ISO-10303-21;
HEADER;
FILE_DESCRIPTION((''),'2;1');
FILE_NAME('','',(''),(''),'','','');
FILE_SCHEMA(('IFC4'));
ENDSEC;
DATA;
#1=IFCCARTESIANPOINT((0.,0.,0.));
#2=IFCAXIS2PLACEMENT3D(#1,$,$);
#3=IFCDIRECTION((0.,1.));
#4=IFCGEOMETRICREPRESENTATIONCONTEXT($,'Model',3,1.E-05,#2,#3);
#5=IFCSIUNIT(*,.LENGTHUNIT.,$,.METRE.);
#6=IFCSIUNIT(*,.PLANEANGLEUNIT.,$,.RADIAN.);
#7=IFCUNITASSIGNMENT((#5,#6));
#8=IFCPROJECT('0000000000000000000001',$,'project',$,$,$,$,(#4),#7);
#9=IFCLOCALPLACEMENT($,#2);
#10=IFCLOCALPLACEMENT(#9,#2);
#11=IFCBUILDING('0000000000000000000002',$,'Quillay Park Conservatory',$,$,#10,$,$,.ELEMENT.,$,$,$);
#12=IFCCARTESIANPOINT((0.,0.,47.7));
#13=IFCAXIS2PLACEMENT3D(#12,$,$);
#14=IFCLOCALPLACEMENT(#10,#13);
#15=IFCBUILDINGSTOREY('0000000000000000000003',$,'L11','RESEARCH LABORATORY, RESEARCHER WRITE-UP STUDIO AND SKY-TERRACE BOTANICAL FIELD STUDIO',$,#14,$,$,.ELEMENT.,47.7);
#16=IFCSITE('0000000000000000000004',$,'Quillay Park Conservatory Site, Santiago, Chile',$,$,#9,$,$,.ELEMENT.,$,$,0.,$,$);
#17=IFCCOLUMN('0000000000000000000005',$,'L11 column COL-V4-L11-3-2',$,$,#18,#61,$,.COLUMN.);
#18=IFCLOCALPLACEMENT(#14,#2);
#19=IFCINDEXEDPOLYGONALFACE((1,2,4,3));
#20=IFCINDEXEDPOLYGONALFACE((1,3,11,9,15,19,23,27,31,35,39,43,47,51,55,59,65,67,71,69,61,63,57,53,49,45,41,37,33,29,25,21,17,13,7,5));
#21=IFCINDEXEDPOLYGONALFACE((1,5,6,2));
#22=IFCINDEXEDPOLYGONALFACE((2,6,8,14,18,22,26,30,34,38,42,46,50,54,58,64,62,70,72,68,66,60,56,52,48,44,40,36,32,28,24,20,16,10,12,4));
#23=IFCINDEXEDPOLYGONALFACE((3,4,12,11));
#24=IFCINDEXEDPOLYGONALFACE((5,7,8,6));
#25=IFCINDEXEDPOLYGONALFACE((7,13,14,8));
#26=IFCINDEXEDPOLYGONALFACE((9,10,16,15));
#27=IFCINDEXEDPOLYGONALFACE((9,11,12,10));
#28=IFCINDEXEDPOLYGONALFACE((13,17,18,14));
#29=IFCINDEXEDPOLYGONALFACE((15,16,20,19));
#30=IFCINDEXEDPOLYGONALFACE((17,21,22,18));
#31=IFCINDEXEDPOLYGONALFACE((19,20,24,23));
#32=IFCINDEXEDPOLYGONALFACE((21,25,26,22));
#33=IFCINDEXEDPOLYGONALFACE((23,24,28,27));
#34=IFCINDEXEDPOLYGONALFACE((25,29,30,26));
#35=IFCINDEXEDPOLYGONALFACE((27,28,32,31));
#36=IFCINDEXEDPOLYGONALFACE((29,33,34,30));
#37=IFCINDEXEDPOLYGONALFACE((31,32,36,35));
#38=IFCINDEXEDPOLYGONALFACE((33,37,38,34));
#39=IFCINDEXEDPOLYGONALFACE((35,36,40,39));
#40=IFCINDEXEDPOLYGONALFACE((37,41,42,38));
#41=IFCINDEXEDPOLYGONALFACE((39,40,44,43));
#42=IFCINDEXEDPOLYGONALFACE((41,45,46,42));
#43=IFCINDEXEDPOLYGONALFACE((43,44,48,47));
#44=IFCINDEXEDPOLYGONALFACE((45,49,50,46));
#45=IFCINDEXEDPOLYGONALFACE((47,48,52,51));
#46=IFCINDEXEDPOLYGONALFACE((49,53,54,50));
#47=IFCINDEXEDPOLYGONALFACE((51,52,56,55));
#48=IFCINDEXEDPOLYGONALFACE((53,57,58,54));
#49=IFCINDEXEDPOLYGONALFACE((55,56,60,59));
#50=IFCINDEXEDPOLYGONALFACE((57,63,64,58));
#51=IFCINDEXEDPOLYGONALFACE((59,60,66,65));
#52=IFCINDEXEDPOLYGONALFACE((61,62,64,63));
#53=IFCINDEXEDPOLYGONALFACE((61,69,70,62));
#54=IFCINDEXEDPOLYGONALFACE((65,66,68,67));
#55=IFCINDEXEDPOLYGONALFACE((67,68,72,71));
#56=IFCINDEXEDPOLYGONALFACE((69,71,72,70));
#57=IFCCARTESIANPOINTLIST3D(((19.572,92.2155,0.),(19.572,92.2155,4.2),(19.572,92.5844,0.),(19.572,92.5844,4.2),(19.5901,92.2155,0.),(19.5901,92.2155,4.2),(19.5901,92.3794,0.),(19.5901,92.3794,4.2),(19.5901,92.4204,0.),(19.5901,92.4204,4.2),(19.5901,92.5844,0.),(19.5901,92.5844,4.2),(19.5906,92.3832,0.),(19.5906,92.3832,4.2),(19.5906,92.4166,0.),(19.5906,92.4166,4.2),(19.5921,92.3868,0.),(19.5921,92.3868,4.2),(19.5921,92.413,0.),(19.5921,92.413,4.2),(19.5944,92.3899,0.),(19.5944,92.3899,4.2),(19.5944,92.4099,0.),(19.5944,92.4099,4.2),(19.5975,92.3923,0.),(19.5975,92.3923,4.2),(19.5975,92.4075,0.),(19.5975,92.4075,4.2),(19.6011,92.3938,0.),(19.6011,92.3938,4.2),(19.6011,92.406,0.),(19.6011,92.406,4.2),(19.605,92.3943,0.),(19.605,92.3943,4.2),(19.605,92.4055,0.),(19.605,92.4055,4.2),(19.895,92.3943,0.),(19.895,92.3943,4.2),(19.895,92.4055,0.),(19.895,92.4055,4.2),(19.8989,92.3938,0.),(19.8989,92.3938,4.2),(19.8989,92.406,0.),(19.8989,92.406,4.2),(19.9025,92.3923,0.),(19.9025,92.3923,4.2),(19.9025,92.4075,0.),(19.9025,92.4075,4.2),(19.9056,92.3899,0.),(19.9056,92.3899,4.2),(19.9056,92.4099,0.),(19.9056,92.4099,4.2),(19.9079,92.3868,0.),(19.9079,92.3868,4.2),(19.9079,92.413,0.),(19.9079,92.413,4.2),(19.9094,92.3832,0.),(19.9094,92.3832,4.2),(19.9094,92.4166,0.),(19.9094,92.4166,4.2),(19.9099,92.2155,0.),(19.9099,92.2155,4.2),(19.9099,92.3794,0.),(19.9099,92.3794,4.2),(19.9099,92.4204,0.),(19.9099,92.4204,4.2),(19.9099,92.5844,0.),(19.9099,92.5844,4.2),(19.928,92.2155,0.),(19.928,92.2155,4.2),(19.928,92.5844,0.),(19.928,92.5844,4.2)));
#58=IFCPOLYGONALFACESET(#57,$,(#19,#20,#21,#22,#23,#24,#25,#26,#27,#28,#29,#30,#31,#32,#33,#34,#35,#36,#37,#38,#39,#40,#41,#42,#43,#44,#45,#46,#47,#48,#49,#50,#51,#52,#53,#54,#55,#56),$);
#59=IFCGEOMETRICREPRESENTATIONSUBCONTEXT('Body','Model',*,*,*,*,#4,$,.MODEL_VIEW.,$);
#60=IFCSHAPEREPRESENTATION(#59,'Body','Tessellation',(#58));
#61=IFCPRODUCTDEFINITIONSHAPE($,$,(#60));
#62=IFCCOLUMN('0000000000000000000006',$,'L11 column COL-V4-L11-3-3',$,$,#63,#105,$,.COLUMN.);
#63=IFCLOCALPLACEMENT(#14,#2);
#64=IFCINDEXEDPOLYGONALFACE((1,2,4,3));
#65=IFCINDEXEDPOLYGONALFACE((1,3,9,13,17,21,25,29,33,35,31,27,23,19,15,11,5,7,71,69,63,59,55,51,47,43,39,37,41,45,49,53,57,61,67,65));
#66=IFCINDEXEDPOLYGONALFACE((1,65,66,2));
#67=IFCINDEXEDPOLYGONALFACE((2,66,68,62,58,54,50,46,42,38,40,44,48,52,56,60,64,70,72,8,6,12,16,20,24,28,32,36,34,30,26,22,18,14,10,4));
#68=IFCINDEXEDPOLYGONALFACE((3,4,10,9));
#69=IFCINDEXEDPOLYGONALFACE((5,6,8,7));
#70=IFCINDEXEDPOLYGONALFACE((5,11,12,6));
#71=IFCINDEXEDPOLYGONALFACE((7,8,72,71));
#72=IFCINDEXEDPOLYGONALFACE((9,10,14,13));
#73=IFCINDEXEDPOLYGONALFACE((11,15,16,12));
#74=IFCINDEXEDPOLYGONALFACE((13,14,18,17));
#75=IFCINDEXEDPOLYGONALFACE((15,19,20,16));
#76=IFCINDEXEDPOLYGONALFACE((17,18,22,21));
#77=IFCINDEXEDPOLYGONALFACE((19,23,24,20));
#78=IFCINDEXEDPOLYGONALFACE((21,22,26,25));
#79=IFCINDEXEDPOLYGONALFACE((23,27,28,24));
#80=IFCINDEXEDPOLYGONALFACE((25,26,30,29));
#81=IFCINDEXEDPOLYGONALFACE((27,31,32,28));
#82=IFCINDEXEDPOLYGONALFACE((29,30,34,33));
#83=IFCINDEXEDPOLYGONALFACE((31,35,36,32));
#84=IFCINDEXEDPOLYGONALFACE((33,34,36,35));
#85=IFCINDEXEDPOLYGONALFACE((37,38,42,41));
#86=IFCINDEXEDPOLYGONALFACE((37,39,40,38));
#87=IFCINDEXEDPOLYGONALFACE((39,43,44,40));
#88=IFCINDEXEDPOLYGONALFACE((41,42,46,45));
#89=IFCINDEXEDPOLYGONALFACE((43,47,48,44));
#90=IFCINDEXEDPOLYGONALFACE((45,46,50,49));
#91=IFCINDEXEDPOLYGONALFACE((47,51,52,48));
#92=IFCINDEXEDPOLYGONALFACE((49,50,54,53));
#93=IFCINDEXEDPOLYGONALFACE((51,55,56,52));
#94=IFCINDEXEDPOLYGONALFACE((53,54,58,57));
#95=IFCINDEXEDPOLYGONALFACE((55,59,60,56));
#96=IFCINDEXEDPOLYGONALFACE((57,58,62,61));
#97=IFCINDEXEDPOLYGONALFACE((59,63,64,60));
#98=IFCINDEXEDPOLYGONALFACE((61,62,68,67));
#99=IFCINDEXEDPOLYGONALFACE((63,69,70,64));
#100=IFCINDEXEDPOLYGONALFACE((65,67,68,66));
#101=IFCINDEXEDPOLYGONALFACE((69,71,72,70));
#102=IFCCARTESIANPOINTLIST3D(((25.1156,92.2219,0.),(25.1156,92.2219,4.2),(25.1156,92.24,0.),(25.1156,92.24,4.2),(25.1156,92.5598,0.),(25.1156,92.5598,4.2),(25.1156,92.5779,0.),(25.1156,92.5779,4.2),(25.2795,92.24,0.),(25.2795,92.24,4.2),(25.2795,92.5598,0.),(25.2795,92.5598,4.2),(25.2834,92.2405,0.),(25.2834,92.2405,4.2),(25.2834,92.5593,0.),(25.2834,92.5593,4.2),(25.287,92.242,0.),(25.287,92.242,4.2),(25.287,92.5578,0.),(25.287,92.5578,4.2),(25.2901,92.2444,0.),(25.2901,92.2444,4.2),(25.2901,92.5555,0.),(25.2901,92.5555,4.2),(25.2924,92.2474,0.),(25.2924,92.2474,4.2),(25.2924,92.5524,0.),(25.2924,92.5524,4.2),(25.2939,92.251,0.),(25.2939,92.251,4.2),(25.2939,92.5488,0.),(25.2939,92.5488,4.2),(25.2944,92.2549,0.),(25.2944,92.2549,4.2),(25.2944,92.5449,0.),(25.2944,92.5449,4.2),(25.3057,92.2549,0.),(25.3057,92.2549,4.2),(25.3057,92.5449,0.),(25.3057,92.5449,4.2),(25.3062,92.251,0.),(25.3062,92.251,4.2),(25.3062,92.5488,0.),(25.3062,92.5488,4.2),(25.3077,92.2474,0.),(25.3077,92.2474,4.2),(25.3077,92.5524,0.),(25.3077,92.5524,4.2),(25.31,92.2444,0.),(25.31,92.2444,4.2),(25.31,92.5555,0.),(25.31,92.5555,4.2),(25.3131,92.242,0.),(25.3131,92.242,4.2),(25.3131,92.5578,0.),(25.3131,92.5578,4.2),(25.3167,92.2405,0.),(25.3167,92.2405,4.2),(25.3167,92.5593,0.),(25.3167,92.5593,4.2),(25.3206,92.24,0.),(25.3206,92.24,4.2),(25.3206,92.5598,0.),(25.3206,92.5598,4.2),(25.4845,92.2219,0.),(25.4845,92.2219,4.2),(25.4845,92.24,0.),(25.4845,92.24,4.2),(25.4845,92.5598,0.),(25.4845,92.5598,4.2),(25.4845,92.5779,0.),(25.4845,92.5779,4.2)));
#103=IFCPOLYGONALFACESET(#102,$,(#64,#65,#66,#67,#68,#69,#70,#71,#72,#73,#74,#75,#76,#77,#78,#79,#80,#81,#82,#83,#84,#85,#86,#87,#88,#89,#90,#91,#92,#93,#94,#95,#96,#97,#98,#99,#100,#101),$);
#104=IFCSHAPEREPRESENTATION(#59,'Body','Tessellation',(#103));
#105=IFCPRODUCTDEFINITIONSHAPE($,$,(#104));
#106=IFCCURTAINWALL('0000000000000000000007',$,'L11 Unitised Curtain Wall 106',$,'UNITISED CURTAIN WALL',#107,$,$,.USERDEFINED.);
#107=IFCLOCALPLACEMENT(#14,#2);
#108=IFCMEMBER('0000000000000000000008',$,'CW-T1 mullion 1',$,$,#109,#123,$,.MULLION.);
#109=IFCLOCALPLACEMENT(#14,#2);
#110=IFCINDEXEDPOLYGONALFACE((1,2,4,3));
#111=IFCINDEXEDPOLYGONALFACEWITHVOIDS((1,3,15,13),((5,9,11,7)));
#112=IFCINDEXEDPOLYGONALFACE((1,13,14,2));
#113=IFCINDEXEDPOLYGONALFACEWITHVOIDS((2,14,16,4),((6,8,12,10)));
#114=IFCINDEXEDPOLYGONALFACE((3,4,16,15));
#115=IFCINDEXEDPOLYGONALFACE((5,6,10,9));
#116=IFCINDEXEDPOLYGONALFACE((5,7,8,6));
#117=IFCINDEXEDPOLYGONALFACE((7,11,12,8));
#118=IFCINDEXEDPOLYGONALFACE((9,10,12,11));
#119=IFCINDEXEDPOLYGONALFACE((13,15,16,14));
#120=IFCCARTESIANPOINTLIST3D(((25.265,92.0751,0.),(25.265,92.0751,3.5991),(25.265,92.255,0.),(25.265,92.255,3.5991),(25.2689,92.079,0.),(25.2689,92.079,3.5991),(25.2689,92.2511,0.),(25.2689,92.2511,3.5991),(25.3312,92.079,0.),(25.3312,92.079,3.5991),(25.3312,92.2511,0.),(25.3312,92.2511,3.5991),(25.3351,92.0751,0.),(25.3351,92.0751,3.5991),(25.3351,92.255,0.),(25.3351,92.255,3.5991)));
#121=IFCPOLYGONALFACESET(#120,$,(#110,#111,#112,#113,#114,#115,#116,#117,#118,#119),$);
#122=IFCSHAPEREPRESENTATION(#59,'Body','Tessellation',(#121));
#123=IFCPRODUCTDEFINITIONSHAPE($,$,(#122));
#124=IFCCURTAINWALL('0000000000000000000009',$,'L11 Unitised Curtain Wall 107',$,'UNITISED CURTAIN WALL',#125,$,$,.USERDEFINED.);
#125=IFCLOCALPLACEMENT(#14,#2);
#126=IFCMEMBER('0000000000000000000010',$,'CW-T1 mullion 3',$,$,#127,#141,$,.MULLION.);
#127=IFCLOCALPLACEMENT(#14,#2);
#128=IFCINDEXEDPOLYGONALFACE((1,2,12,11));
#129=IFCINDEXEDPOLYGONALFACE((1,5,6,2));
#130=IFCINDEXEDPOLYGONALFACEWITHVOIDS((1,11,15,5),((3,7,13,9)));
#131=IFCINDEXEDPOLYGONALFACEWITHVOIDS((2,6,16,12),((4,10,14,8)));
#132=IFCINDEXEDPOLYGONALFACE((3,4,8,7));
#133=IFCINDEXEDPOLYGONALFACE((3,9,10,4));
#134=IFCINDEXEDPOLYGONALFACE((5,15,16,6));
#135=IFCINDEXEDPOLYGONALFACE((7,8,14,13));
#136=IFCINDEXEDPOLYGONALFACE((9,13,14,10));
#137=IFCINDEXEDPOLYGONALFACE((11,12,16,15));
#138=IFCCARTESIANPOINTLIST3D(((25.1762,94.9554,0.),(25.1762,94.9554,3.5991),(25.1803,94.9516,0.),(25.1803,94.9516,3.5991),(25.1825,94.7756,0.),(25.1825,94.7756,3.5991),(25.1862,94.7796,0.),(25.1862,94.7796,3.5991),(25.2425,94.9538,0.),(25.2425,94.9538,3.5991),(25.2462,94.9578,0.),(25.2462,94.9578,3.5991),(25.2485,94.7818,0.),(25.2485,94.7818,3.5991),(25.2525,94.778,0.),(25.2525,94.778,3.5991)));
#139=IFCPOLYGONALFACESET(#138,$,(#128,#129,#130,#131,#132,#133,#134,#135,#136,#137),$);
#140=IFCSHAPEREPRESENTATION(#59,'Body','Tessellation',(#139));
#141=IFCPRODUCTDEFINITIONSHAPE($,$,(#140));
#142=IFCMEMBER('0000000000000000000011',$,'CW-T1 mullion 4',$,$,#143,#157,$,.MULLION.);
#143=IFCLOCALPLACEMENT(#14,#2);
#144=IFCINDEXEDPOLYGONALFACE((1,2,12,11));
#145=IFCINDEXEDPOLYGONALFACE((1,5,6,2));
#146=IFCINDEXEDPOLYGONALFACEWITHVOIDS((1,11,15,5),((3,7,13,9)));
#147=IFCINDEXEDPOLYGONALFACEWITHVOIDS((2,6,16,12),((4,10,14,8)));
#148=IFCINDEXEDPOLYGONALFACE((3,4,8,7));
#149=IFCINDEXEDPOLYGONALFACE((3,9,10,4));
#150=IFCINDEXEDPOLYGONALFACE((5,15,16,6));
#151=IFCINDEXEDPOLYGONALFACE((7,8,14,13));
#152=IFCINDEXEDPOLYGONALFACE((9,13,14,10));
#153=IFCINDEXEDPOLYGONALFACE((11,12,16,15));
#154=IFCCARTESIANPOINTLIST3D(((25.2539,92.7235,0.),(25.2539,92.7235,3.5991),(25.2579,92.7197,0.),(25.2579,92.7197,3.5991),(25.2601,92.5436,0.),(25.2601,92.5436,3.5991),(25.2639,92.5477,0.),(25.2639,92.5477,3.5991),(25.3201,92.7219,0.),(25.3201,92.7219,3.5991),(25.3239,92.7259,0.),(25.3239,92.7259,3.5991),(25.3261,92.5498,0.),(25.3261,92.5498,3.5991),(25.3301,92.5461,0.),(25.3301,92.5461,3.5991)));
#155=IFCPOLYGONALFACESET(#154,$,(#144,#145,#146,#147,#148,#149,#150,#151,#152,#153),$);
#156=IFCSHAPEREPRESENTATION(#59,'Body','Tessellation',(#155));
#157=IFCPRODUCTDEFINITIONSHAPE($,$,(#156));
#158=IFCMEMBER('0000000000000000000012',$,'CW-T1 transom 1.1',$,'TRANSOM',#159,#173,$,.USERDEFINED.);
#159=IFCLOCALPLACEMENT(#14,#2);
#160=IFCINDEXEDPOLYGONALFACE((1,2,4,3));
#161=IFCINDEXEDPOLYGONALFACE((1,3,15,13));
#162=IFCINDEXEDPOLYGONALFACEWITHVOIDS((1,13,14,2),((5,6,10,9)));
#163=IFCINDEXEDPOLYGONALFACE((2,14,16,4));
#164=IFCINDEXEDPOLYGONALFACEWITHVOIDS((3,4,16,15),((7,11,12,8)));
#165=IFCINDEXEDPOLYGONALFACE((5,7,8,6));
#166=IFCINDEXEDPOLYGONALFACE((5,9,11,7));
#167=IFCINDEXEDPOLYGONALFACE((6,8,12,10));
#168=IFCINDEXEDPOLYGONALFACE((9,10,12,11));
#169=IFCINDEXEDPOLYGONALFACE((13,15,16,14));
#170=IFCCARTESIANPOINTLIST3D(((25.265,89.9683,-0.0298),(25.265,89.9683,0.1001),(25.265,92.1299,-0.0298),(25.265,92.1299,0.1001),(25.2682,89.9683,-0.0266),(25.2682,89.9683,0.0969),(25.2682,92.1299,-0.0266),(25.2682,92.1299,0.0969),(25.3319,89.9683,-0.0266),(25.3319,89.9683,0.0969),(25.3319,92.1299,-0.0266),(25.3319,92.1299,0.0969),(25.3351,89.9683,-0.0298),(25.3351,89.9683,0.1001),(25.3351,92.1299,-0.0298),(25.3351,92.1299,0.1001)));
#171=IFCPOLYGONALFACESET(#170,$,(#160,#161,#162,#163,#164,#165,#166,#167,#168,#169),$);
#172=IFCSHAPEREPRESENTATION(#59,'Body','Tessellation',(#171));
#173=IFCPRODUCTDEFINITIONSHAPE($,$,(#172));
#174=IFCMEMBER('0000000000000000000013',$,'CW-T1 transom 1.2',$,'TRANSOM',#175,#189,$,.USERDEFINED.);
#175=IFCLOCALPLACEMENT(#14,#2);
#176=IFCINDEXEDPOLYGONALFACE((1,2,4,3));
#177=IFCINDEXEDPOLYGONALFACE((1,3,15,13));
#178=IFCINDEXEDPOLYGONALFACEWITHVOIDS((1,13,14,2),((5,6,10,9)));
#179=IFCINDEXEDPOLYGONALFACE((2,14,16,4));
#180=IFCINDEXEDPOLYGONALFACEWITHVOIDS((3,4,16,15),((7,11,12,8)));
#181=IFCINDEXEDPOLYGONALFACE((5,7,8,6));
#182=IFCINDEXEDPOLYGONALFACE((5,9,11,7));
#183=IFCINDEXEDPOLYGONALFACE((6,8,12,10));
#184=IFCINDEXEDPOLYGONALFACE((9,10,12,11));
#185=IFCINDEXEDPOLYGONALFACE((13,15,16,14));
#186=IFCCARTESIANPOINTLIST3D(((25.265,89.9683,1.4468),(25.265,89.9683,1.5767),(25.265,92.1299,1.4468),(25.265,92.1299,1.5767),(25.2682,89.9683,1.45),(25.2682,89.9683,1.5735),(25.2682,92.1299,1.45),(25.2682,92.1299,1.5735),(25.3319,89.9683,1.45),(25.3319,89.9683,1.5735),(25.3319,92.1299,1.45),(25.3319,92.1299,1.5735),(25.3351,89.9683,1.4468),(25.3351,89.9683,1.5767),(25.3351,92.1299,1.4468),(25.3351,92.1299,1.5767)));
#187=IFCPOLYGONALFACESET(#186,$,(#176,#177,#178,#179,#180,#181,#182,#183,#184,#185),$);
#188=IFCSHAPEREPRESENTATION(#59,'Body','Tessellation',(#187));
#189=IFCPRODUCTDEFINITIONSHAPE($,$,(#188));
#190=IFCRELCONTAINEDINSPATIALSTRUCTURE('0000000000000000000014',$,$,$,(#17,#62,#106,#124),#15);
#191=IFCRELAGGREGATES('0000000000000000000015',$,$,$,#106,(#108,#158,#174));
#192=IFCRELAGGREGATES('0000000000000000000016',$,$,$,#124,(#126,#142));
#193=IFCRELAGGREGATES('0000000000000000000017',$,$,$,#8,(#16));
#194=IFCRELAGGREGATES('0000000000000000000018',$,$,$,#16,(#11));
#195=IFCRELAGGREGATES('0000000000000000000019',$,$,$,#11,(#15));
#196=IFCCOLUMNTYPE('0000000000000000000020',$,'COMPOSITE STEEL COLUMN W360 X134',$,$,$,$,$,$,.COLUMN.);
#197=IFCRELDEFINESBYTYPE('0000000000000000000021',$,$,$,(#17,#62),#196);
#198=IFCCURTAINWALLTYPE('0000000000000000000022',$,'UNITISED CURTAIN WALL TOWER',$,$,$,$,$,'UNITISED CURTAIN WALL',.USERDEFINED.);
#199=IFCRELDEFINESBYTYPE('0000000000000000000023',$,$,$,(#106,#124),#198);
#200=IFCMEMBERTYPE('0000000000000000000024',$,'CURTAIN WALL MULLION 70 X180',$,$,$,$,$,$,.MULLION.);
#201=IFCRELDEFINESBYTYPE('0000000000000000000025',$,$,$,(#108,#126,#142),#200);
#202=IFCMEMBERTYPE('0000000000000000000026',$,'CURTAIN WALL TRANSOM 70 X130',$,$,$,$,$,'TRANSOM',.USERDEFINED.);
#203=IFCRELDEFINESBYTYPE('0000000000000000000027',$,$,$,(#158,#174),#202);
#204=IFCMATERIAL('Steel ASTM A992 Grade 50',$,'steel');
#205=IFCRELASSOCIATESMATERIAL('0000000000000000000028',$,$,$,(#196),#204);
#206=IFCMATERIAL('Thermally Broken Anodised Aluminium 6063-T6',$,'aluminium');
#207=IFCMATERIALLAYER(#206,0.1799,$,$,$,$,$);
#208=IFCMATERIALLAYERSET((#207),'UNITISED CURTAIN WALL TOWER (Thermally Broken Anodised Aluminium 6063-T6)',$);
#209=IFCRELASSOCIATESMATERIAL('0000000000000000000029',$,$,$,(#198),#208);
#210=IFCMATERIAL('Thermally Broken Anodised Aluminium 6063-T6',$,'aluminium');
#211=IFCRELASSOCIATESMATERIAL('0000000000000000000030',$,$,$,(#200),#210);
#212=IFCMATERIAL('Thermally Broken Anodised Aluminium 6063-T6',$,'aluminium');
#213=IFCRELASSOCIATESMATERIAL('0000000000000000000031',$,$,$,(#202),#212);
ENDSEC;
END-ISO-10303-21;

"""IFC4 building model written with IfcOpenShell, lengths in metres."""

from ifc_helpers import new_model, si_unit, direction, frame, origin, origin_2d, place, context, subcontext, project, spatial, hollow_rectangle, i_section, extrude, material, layer, layer_set, material_profile, profile_set, type_object, element, aggregate, save


model = new_model("IFC4")

# Units and contexts
model_context = context("Model", 3, precision=1e-05, world=origin(), true_north=direction((0.0, 1.0)))
body_context = subcontext(model_context, "Body", "Model", "MODEL_VIEW")
ifc_project = project(units=[si_unit("LENGTHUNIT", "METRE"), si_unit("PLANEANGLEUNIT", "RADIAN")], contexts=[model_context])

# Site, building, storey
site_placement = place(None, origin())
site = spatial("IfcSite", under=ifc_project, at=site_placement, Name="Quillay Park Conservatory Site, Santiago, Chile", CompositionType="ELEMENT", RefElevation=0.0)
building_placement = place(site_placement, origin())
building = spatial("IfcBuilding", under=site, at=building_placement, Name="Quillay Park Conservatory", CompositionType="ELEMENT")
storey_placement = place(building_placement, frame((0.0, 0.0, 47.7)))
storey = spatial("IfcBuildingStorey", under=building, at=storey_placement, Name="L11", Description="RESEARCH LABORATORY, RESEARCHER WRITE-UP STUDIO AND SKY-TERRACE BOTANICAL FIELD STUDIO", CompositionType="ELEMENT", Elevation=47.7)

# Columns
ifc_material_1 = material(Name="Steel ASTM A992 Grade 50", Category="steel")
ifc_material_profile_1 = material_profile(ifc_material_1, i_section(OverallWidth=0.3689, OverallDepth=0.356, WebThickness=0.0112, FlangeThickness=0.0181, FilletRadius=0.0149, at=origin_2d()), Name="W360x134")
ifc_profile_set_1 = profile_set([ifc_material_profile_1], Name="Steel ASTM A992 Grade 50")
column_type = type_object("IfcColumnType", Name="COMPOSITE STEEL COLUMN W360 X134", PredefinedType="COLUMN", material=ifc_profile_set_1)
for number, where, z_axis, x_axis, name in (
    (1, (19.75, 92.3999, 0.0), (0.0, 0.0, 1.0), (0.0, 1.0, 0.0), "L11 column COL-V4-L11-3-2"),
    (2, (25.3, 92.3999, 0.0), (0.0, 0.0, 1.0), (1.0, 0.0, 0.0), "L11 column COL-V4-L11-3-3"),
):
    element("IfcColumn", number, at=place(storey_placement, frame(where, z_axis=z_axis, x_axis=x_axis)), inside=storey, type_object=column_type, Name=name, PredefinedType="COLUMN", context=body_context, shape_type="SweptSolid", body=[
        extrude(i_section(OverallWidth=0.3689, OverallDepth=0.356, WebThickness=0.0112, FlangeThickness=0.0181, FilletRadius=0.0149, at=origin_2d()), origin(), (0.0, 0.0, 1.0), 4.2),
    ])

# Curtain wall, member
ifc_material_2 = material(Name="Thermally Broken Anodised Aluminium 6063-T6", Category="aluminium")
ifc_layer_1 = layer(ifc_material_2, 0.1799)
ifc_layer_set_1 = layer_set([ifc_layer_1], Name="UNITISED CURTAIN WALL TOWER (Thermally Broken Anodised Aluminium 6063-T6)")
curtain_wall_type = type_object("IfcCurtainWallType", Name="UNITISED CURTAIN WALL TOWER", ElementType="UNITISED CURTAIN WALL", PredefinedType="USERDEFINED", material=ifc_layer_set_1)
curtain_wall_1_placement = place(storey_placement, origin())
curtain_wall_1 = element("IfcCurtainWall", 3, at=curtain_wall_1_placement, inside=storey, type_object=curtain_wall_type, Name="L11 Unitised Curtain Wall 106", ObjectType="UNITISED CURTAIN WALL", PredefinedType="USERDEFINED")
ifc_material_3 = material(Name="Thermally Broken Anodised Aluminium 6063-T6", Category="aluminium")
ifc_material_profile_2 = material_profile(ifc_material_3, hollow_rectangle(XDim=0.0701, YDim=0.1799, WallThickness=0.0039, at=origin_2d()), Name="AL70x180x4")
ifc_profile_set_2 = profile_set([ifc_material_profile_2], Name="Thermally Broken Anodised Aluminium 6063-T6")
member_type_1 = type_object("IfcMemberType", Name="CURTAIN WALL MULLION 70 X180", PredefinedType="MULLION", material=ifc_profile_set_2)
member_1_placement = place(storey_placement, frame((25.3, 92.165, 0.0), z_axis=(0.0, 0.0, 1.0), x_axis=(1.0, 0.0, 0.0)))
member_1 = element("IfcMember", 4, at=member_1_placement, type_object=member_type_1, Name="CW-T1 mullion 1", PredefinedType="MULLION", context=body_context, shape_type="SweptSolid", body=[
    extrude(hollow_rectangle(XDim=0.0701, YDim=0.1799, WallThickness=0.0039, at=origin_2d()), origin(), (0.0, 0.0, 1.0), 3.5991),
])

# Curtain wall, members
curtain_wall_2_placement = place(storey_placement, origin())
curtain_wall_2 = element("IfcCurtainWall", 5, at=curtain_wall_2_placement, inside=storey, type_object=curtain_wall_type, Name="L11 Unitised Curtain Wall 107", ObjectType="UNITISED CURTAIN WALL", PredefinedType="USERDEFINED")
member_2_placement = place(storey_placement, frame((25.2144, 94.8667, 0.0), z_axis=(0.0, 0.0, 1.0), x_axis=(0.999397, 0.034713, 0.0)))
member_2 = element("IfcMember", 6, at=member_2_placement, type_object=member_type_1, Name="CW-T1 mullion 3", PredefinedType="MULLION", context=body_context, shape_type="SweptSolid", body=[
    extrude(hollow_rectangle(XDim=0.0701, YDim=0.1799, WallThickness=0.0039, at=origin_2d()), origin(), (0.0, 0.0, 1.0), 3.5991),
])
member_3_placement = place(storey_placement, frame((25.292, 92.6348, 0.0), z_axis=(0.0, 0.0, 1.0), x_axis=(0.999397, 0.034713, 0.0)))
member_3 = element("IfcMember", 7, at=member_3_placement, type_object=member_type_1, Name="CW-T1 mullion 4", PredefinedType="MULLION", context=body_context, shape_type="SweptSolid", body=[
    extrude(hollow_rectangle(XDim=0.0701, YDim=0.1799, WallThickness=0.0039, at=origin_2d()), origin(), (0.0, 0.0, 1.0), 3.5991),
])

# Members
ifc_material_4 = material(Name="Thermally Broken Anodised Aluminium 6063-T6", Category="aluminium")
ifc_material_profile_3 = material_profile(ifc_material_4, hollow_rectangle(XDim=0.0701, YDim=0.1299, WallThickness=0.0032, at=origin_2d()), Name="AL70x130x3.2")
ifc_profile_set_3 = profile_set([ifc_material_profile_3], Name="Thermally Broken Anodised Aluminium 6063-T6")
member_type_2 = type_object("IfcMemberType", Name="CURTAIN WALL TRANSOM 70 X130", ElementType="TRANSOM", PredefinedType="USERDEFINED", material=ifc_profile_set_3)
member_4_placement = place(storey_placement, frame((25.3, 92.1299, 0.0352), z_axis=(0.0, -1.0, 0.0), x_axis=(1.0, 0.0, 0.0)))
member_4 = element("IfcMember", 8, at=member_4_placement, type_object=member_type_2, Name="CW-T1 transom 1.1", ObjectType="TRANSOM", PredefinedType="USERDEFINED", context=body_context, shape_type="SweptSolid", body=[
    extrude(hollow_rectangle(XDim=0.0701, YDim=0.1299, WallThickness=0.0032, at=origin_2d()), origin(), (0.0, 0.0, 1.0), 2.1616),
])
member_5_placement = place(storey_placement, frame((25.3, 92.1299, 1.5117), z_axis=(0.0, -1.0, 0.0), x_axis=(1.0, 0.0, 0.0)))
member_5 = element("IfcMember", 9, at=member_5_placement, type_object=member_type_2, Name="CW-T1 transom 1.2", ObjectType="TRANSOM", PredefinedType="USERDEFINED", context=body_context, shape_type="SweptSolid", body=[
    extrude(hollow_rectangle(XDim=0.0701, YDim=0.1299, WallThickness=0.0032, at=origin_2d()), origin(), (0.0, 0.0, 1.0), 2.1616),
])

aggregate(curtain_wall_1, [member_1, member_4, member_5])
aggregate(curtain_wall_2, [member_2, member_3])

save(model, "model.ifc")
